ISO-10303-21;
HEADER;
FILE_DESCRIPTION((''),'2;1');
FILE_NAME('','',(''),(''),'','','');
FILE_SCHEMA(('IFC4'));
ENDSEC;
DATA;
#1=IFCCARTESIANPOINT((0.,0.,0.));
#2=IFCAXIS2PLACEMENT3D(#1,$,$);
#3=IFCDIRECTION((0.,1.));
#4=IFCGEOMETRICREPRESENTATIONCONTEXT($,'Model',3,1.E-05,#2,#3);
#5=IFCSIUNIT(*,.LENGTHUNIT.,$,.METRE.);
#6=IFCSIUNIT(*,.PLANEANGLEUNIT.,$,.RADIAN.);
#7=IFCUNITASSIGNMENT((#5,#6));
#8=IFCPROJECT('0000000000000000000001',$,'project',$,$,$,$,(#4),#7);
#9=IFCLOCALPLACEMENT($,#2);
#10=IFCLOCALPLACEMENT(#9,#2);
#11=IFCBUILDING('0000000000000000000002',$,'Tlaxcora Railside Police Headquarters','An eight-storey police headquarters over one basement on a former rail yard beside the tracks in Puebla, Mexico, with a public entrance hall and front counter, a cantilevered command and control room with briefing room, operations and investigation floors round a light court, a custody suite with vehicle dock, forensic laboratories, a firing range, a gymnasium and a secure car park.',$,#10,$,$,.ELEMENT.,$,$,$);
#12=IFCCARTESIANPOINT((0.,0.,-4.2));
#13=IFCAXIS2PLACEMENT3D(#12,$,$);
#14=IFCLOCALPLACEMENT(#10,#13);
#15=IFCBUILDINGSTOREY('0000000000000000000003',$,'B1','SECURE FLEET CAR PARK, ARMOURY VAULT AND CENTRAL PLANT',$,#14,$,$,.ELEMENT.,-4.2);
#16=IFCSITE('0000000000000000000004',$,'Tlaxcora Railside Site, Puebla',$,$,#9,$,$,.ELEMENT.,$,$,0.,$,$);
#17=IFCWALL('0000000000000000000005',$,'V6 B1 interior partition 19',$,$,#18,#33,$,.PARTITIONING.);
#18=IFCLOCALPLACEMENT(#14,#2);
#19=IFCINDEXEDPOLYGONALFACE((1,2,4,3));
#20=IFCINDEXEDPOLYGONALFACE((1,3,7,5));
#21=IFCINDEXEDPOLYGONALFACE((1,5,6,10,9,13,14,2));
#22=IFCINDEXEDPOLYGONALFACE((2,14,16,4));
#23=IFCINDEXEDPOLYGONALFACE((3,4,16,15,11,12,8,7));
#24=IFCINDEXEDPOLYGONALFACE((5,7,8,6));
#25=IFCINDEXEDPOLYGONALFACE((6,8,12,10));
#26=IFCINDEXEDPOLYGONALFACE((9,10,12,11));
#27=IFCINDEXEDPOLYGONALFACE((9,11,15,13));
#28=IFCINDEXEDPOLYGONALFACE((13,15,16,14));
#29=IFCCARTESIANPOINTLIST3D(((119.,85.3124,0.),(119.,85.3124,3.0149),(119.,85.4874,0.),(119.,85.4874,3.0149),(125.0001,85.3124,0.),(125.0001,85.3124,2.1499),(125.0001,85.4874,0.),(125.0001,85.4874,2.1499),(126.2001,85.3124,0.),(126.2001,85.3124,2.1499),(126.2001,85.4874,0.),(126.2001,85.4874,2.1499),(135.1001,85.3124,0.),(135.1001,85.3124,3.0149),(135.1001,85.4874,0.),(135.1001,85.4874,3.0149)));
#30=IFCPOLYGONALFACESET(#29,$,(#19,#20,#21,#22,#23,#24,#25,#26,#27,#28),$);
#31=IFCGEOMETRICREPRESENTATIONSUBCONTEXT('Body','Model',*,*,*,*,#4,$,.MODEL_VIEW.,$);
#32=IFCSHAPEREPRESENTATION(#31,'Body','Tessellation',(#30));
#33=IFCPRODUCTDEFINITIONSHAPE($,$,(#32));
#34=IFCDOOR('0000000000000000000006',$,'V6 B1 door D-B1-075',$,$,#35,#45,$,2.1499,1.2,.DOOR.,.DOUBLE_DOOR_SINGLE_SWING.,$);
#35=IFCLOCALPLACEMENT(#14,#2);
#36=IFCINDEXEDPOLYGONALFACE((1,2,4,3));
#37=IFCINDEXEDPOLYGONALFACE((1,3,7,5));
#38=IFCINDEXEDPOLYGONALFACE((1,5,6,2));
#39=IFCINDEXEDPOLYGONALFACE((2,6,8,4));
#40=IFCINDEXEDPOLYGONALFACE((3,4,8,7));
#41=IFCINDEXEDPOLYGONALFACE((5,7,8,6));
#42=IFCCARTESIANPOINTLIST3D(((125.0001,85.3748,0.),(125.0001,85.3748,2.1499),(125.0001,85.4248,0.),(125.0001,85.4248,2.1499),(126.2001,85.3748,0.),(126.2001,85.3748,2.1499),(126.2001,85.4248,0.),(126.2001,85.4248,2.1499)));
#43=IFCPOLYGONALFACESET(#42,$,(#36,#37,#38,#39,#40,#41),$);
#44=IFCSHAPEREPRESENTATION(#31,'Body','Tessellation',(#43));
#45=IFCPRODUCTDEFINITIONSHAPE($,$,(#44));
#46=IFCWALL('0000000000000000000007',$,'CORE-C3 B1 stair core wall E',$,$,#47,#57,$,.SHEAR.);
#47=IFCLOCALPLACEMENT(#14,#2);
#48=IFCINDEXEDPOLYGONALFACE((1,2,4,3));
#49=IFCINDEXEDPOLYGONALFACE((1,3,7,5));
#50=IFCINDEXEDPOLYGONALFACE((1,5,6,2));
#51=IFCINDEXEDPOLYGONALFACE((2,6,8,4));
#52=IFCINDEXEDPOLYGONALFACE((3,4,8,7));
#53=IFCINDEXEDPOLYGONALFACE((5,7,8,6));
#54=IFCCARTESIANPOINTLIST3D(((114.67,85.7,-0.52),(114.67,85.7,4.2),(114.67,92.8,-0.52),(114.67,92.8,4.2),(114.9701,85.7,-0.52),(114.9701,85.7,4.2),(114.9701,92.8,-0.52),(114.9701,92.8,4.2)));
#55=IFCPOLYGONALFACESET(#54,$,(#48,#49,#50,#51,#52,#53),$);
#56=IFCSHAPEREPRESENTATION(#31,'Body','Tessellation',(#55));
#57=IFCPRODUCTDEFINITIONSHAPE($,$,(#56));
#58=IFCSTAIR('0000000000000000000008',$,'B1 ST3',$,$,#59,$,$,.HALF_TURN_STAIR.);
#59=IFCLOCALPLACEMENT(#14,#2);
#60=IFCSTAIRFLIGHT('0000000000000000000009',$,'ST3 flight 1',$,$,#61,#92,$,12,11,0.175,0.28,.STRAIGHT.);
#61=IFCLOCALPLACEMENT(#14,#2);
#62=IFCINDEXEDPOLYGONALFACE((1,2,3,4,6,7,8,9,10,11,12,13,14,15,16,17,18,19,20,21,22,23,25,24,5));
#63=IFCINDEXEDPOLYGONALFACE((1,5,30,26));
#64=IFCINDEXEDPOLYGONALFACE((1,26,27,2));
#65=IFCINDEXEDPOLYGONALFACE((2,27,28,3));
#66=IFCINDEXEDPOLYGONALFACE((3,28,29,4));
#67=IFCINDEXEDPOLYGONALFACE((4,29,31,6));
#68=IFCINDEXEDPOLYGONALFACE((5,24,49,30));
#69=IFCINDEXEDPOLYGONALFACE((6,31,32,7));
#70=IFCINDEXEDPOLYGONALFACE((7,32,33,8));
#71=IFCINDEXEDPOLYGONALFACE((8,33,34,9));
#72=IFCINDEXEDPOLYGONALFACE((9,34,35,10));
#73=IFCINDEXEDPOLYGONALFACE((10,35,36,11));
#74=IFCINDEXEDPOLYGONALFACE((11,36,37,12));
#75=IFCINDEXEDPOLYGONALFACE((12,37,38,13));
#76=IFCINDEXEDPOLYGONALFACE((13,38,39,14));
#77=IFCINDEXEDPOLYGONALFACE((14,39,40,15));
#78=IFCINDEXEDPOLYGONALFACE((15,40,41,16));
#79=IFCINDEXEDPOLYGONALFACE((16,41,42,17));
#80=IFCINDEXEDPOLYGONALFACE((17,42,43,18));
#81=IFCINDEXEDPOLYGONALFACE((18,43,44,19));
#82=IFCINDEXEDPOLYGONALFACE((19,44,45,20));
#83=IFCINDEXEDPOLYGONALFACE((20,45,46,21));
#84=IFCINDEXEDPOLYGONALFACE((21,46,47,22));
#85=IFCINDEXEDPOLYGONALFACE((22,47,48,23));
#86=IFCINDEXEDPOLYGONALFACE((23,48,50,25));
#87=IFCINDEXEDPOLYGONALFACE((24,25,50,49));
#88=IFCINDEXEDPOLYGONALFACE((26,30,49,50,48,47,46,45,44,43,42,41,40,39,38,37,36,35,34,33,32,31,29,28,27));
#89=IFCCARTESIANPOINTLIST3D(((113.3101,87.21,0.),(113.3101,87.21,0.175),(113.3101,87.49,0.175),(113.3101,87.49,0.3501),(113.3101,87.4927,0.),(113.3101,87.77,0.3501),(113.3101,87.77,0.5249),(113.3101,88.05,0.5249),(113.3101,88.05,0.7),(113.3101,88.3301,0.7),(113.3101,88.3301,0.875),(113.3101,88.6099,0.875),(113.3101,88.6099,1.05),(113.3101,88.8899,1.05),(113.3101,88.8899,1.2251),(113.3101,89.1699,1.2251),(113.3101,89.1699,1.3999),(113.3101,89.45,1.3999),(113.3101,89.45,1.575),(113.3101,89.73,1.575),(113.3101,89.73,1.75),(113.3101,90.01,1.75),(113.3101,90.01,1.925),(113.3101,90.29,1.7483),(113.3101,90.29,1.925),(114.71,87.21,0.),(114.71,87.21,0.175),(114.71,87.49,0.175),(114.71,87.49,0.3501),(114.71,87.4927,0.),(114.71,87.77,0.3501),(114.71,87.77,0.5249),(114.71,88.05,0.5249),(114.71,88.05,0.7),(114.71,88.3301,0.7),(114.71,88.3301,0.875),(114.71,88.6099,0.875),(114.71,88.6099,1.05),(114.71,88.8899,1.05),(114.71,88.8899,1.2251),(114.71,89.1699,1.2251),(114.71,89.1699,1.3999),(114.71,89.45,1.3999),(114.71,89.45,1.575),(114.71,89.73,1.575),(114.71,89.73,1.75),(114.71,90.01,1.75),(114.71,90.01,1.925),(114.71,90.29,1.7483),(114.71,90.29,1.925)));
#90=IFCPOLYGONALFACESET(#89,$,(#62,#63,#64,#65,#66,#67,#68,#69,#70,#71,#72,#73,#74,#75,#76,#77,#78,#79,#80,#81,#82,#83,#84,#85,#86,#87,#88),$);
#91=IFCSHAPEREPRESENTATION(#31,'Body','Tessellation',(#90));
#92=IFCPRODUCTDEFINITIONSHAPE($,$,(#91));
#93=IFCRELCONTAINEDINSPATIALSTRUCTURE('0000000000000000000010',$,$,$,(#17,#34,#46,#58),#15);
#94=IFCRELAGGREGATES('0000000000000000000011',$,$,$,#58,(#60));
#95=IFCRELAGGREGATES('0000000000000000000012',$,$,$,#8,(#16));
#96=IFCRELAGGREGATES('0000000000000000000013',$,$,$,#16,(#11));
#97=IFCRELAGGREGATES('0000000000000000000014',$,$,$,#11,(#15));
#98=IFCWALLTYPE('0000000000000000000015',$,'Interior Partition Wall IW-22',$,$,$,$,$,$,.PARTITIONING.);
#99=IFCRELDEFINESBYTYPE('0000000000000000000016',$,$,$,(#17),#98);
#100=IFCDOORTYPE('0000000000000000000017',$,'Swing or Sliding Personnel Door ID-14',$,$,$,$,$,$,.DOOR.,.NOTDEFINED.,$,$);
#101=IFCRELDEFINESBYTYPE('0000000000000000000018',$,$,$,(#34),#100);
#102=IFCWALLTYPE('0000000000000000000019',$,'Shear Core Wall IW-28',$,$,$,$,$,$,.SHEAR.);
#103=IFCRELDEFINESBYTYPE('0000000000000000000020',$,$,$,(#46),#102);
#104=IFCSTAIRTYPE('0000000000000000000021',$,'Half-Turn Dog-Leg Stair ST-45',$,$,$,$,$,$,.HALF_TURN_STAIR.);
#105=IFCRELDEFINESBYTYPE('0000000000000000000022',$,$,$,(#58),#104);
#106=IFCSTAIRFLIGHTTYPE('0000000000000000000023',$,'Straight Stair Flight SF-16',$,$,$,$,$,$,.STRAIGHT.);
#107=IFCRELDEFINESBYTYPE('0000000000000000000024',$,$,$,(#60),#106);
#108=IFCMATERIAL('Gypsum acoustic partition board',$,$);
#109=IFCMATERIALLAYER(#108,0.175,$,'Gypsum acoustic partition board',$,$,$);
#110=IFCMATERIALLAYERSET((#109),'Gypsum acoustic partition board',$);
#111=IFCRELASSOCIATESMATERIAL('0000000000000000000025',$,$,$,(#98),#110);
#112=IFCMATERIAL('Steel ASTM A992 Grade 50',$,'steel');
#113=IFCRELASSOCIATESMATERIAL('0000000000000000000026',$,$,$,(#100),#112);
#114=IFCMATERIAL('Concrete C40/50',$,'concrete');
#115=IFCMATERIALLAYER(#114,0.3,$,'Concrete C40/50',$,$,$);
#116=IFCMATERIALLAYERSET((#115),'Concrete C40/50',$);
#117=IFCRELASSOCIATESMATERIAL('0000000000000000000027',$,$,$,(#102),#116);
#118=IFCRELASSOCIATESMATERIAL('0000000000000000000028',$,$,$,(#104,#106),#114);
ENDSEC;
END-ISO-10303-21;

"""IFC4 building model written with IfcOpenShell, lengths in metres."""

from ifc_helpers import new_model, si_unit, direction, frame, frame_2d, origin, place, context, subcontext, project, spatial, polyline, rectangle, outline, extrude, material, layer, layer_set, type_object, element, fill, aggregate, save


model = new_model("IFC4")

# Units and contexts
model_context = context("Model", 3, precision=1e-05, world=origin(), true_north=direction((0.0, 1.0)))
body_context = subcontext(model_context, "Body", "Model", "MODEL_VIEW")
ifc_project = project(units=[si_unit("LENGTHUNIT", "METRE"), si_unit("PLANEANGLEUNIT", "RADIAN")], contexts=[model_context])

# Site, building, storey
site_placement = place(None, origin())
site = spatial("IfcSite", under=ifc_project, at=site_placement, Name="Tlaxcora Railside Site, Puebla", CompositionType="ELEMENT", RefElevation=0.0)
building_placement = place(site_placement, origin())
building = spatial("IfcBuilding", under=site, at=building_placement, Name="Tlaxcora Railside Police Headquarters", Description="An eight-storey police headquarters over one basement on a former rail yard beside the tracks in Puebla, Mexico, with a public entrance hall and front counter, a cantilevered command and control room with briefing room, operations and investigation floors round a light court, a custody suite with vehicle dock, forensic laboratories, a firing range, a gymnasium and a secure car park.", CompositionType="ELEMENT")
storey_placement = place(building_placement, frame((0.0, 0.0, -4.2)))
storey = spatial("IfcBuildingStorey", under=building, at=storey_placement, Name="B1", Description="SECURE FLEET CAR PARK, ARMOURY VAULT AND CENTRAL PLANT", CompositionType="ELEMENT", Elevation=-4.2)

# Shared definitions
ifc_material_1 = material(Name="Concrete C40/50", Category="concrete")

# Wall, opening, door
ifc_material_2 = material(Name="Gypsum acoustic partition board")
ifc_layer_1 = layer(ifc_material_2, 0.175, Name="Gypsum acoustic partition board")
ifc_layer_set_1 = layer_set([ifc_layer_1], Name="Gypsum acoustic partition board")
wall_type_1 = type_object("IfcWallType", Name="Interior Partition Wall IW-22", PredefinedType="PARTITIONING", material=ifc_layer_set_1)
wall_1_placement = place(storey_placement, frame((119.0, 85.3999, 0.0), z_axis=(0.0, 0.0, 1.0), x_axis=(1.0, 0.0, 0.0)))
wall_1 = element("IfcWall", 1, at=wall_1_placement, inside=storey, type_object=wall_type_1, Name="V6 B1 interior partition 19", PredefinedType="PARTITIONING", context=body_context, shape_type="SweptSolid", body=[
    extrude(rectangle(XDim=16.1001, YDim=0.175, at=frame_2d((8.05, 0.0))), origin(), (0.0, 0.0, 1.0), 3.0149),
])
opening_placement = place(wall_1_placement, frame((6.0, 0.0, 0.0)))
opening = element("IfcOpeningElement", 2, at=opening_placement, cuts=wall_1, PredefinedType="OPENING", context=body_context, shape_type="SweptSolid", body=[
    extrude(rectangle(XDim=1.2, YDim=2.1499, at=frame_2d((0.6001, 1.075))), frame((0.0, 0.0977, 0.0), z_axis=(0.0, -1.0, 0.0), x_axis=(1.0, 0.0, 0.0)), (0.0, 0.0, 1.0), 0.1951),
])
ifc_material_3 = material(Name="Steel ASTM A992 Grade 50", Category="steel")
door_type = type_object("IfcDoorType", Name="Swing or Sliding Personnel Door ID-14", OperationType="NOTDEFINED", PredefinedType="DOOR", material=ifc_material_3)
door_placement = place(opening_placement, origin())
door = element("IfcDoor", 3, at=door_placement, inside=storey, type_object=door_type, Name="V6 B1 door D-B1-075", OperationType="DOUBLE_DOOR_SINGLE_SWING", OverallHeight=2.1499, OverallWidth=1.2, PredefinedType="DOOR", context=body_context, shape_type="SweptSolid", body=[
    extrude(rectangle(XDim=1.2, YDim=2.1499, at=frame_2d((0.6001, 1.075))), frame((0.0, 0.0249, 0.0), z_axis=(0.0, -1.0, 0.0), x_axis=(1.0, 0.0, 0.0)), (0.0, 0.0, 1.0), 0.05),
])
fill(opening, door)

# Wall
ifc_layer_2 = layer(ifc_material_1, 0.3, Name="Concrete C40/50")
ifc_layer_set_2 = layer_set([ifc_layer_2], Name="Concrete C40/50")
wall_type_2 = type_object("IfcWallType", Name="Shear Core Wall IW-28", PredefinedType="SHEAR", material=ifc_layer_set_2)
wall_2_placement = place(storey_placement, frame((114.8201, 85.7, -0.52), z_axis=(0.0, 0.0, 1.0), x_axis=(0.0, 1.0, 0.0)))
element("IfcWall", 4, at=wall_2_placement, inside=storey, type_object=wall_type_2, Name="CORE-C3 B1 stair core wall E", PredefinedType="SHEAR", context=body_context, shape_type="SweptSolid", body=[
    extrude(rectangle(XDim=7.1001, YDim=0.3, at=frame_2d((3.55, 0.0))), origin(), (0.0, 0.0, 1.0), 4.72),
])

# Stair, stair flight
stair_type = type_object("IfcStairType", Name="Half-Turn Dog-Leg Stair ST-45", PredefinedType="HALF_TURN_STAIR", material=ifc_material_1)
stair_placement = place(storey_placement, origin())
stair = element("IfcStair", 5, at=stair_placement, inside=storey, type_object=stair_type, Name="B1 ST3", PredefinedType="HALF_TURN_STAIR")
stair_flight_type = type_object("IfcStairFlightType", Name="Straight Stair Flight SF-16", PredefinedType="STRAIGHT", material=ifc_material_1)
stair_flight_placement = place(storey_placement, frame((114.01, 87.21, 0.0), z_axis=(0.0, 0.0, 1.0), x_axis=(0.0, 1.0, 0.0)))
stair_flight = element("IfcStairFlight", 6, at=stair_flight_placement, type_object=stair_flight_type, Name="ST3 flight 1", NumberOfRisers=12, NumberOfTreads=11, PredefinedType="STRAIGHT", RiserHeight=0.175, TreadLength=0.28, context=body_context, shape_type="SweptSolid", body=[
    extrude(outline(polyline([(0.0, 0.0), (0.0, 0.175), (0.28, 0.175), (0.28, 0.3501), (0.5601, 0.3501), (0.5601, 0.5249), (0.8401, 0.5249), (0.8401, 0.7), (1.1201, 0.7), (1.1201, 0.875), (1.3999, 0.875), (1.3999, 1.05), (1.6799, 1.05), (1.6799, 1.2251), (1.96, 1.2251), (1.96, 1.3999), (2.24, 1.3999), (2.24, 1.575), (2.52, 1.575), (2.52, 1.75), (2.8, 1.75), (2.8, 1.925), (3.0801, 1.925), (3.0801, 2.1001), (3.0801, 1.7483), (0.2827, 0.0), (0.0, 0.0)])), frame((0.0, 0.7, 0.0), z_axis=(0.0, -1.0, 0.0), x_axis=(1.0, 0.0, 0.0)), (0.0, 0.0, 1.0), 1.3999),
])
aggregate(stair, [stair_flight])

save(model, "model.ifc")
